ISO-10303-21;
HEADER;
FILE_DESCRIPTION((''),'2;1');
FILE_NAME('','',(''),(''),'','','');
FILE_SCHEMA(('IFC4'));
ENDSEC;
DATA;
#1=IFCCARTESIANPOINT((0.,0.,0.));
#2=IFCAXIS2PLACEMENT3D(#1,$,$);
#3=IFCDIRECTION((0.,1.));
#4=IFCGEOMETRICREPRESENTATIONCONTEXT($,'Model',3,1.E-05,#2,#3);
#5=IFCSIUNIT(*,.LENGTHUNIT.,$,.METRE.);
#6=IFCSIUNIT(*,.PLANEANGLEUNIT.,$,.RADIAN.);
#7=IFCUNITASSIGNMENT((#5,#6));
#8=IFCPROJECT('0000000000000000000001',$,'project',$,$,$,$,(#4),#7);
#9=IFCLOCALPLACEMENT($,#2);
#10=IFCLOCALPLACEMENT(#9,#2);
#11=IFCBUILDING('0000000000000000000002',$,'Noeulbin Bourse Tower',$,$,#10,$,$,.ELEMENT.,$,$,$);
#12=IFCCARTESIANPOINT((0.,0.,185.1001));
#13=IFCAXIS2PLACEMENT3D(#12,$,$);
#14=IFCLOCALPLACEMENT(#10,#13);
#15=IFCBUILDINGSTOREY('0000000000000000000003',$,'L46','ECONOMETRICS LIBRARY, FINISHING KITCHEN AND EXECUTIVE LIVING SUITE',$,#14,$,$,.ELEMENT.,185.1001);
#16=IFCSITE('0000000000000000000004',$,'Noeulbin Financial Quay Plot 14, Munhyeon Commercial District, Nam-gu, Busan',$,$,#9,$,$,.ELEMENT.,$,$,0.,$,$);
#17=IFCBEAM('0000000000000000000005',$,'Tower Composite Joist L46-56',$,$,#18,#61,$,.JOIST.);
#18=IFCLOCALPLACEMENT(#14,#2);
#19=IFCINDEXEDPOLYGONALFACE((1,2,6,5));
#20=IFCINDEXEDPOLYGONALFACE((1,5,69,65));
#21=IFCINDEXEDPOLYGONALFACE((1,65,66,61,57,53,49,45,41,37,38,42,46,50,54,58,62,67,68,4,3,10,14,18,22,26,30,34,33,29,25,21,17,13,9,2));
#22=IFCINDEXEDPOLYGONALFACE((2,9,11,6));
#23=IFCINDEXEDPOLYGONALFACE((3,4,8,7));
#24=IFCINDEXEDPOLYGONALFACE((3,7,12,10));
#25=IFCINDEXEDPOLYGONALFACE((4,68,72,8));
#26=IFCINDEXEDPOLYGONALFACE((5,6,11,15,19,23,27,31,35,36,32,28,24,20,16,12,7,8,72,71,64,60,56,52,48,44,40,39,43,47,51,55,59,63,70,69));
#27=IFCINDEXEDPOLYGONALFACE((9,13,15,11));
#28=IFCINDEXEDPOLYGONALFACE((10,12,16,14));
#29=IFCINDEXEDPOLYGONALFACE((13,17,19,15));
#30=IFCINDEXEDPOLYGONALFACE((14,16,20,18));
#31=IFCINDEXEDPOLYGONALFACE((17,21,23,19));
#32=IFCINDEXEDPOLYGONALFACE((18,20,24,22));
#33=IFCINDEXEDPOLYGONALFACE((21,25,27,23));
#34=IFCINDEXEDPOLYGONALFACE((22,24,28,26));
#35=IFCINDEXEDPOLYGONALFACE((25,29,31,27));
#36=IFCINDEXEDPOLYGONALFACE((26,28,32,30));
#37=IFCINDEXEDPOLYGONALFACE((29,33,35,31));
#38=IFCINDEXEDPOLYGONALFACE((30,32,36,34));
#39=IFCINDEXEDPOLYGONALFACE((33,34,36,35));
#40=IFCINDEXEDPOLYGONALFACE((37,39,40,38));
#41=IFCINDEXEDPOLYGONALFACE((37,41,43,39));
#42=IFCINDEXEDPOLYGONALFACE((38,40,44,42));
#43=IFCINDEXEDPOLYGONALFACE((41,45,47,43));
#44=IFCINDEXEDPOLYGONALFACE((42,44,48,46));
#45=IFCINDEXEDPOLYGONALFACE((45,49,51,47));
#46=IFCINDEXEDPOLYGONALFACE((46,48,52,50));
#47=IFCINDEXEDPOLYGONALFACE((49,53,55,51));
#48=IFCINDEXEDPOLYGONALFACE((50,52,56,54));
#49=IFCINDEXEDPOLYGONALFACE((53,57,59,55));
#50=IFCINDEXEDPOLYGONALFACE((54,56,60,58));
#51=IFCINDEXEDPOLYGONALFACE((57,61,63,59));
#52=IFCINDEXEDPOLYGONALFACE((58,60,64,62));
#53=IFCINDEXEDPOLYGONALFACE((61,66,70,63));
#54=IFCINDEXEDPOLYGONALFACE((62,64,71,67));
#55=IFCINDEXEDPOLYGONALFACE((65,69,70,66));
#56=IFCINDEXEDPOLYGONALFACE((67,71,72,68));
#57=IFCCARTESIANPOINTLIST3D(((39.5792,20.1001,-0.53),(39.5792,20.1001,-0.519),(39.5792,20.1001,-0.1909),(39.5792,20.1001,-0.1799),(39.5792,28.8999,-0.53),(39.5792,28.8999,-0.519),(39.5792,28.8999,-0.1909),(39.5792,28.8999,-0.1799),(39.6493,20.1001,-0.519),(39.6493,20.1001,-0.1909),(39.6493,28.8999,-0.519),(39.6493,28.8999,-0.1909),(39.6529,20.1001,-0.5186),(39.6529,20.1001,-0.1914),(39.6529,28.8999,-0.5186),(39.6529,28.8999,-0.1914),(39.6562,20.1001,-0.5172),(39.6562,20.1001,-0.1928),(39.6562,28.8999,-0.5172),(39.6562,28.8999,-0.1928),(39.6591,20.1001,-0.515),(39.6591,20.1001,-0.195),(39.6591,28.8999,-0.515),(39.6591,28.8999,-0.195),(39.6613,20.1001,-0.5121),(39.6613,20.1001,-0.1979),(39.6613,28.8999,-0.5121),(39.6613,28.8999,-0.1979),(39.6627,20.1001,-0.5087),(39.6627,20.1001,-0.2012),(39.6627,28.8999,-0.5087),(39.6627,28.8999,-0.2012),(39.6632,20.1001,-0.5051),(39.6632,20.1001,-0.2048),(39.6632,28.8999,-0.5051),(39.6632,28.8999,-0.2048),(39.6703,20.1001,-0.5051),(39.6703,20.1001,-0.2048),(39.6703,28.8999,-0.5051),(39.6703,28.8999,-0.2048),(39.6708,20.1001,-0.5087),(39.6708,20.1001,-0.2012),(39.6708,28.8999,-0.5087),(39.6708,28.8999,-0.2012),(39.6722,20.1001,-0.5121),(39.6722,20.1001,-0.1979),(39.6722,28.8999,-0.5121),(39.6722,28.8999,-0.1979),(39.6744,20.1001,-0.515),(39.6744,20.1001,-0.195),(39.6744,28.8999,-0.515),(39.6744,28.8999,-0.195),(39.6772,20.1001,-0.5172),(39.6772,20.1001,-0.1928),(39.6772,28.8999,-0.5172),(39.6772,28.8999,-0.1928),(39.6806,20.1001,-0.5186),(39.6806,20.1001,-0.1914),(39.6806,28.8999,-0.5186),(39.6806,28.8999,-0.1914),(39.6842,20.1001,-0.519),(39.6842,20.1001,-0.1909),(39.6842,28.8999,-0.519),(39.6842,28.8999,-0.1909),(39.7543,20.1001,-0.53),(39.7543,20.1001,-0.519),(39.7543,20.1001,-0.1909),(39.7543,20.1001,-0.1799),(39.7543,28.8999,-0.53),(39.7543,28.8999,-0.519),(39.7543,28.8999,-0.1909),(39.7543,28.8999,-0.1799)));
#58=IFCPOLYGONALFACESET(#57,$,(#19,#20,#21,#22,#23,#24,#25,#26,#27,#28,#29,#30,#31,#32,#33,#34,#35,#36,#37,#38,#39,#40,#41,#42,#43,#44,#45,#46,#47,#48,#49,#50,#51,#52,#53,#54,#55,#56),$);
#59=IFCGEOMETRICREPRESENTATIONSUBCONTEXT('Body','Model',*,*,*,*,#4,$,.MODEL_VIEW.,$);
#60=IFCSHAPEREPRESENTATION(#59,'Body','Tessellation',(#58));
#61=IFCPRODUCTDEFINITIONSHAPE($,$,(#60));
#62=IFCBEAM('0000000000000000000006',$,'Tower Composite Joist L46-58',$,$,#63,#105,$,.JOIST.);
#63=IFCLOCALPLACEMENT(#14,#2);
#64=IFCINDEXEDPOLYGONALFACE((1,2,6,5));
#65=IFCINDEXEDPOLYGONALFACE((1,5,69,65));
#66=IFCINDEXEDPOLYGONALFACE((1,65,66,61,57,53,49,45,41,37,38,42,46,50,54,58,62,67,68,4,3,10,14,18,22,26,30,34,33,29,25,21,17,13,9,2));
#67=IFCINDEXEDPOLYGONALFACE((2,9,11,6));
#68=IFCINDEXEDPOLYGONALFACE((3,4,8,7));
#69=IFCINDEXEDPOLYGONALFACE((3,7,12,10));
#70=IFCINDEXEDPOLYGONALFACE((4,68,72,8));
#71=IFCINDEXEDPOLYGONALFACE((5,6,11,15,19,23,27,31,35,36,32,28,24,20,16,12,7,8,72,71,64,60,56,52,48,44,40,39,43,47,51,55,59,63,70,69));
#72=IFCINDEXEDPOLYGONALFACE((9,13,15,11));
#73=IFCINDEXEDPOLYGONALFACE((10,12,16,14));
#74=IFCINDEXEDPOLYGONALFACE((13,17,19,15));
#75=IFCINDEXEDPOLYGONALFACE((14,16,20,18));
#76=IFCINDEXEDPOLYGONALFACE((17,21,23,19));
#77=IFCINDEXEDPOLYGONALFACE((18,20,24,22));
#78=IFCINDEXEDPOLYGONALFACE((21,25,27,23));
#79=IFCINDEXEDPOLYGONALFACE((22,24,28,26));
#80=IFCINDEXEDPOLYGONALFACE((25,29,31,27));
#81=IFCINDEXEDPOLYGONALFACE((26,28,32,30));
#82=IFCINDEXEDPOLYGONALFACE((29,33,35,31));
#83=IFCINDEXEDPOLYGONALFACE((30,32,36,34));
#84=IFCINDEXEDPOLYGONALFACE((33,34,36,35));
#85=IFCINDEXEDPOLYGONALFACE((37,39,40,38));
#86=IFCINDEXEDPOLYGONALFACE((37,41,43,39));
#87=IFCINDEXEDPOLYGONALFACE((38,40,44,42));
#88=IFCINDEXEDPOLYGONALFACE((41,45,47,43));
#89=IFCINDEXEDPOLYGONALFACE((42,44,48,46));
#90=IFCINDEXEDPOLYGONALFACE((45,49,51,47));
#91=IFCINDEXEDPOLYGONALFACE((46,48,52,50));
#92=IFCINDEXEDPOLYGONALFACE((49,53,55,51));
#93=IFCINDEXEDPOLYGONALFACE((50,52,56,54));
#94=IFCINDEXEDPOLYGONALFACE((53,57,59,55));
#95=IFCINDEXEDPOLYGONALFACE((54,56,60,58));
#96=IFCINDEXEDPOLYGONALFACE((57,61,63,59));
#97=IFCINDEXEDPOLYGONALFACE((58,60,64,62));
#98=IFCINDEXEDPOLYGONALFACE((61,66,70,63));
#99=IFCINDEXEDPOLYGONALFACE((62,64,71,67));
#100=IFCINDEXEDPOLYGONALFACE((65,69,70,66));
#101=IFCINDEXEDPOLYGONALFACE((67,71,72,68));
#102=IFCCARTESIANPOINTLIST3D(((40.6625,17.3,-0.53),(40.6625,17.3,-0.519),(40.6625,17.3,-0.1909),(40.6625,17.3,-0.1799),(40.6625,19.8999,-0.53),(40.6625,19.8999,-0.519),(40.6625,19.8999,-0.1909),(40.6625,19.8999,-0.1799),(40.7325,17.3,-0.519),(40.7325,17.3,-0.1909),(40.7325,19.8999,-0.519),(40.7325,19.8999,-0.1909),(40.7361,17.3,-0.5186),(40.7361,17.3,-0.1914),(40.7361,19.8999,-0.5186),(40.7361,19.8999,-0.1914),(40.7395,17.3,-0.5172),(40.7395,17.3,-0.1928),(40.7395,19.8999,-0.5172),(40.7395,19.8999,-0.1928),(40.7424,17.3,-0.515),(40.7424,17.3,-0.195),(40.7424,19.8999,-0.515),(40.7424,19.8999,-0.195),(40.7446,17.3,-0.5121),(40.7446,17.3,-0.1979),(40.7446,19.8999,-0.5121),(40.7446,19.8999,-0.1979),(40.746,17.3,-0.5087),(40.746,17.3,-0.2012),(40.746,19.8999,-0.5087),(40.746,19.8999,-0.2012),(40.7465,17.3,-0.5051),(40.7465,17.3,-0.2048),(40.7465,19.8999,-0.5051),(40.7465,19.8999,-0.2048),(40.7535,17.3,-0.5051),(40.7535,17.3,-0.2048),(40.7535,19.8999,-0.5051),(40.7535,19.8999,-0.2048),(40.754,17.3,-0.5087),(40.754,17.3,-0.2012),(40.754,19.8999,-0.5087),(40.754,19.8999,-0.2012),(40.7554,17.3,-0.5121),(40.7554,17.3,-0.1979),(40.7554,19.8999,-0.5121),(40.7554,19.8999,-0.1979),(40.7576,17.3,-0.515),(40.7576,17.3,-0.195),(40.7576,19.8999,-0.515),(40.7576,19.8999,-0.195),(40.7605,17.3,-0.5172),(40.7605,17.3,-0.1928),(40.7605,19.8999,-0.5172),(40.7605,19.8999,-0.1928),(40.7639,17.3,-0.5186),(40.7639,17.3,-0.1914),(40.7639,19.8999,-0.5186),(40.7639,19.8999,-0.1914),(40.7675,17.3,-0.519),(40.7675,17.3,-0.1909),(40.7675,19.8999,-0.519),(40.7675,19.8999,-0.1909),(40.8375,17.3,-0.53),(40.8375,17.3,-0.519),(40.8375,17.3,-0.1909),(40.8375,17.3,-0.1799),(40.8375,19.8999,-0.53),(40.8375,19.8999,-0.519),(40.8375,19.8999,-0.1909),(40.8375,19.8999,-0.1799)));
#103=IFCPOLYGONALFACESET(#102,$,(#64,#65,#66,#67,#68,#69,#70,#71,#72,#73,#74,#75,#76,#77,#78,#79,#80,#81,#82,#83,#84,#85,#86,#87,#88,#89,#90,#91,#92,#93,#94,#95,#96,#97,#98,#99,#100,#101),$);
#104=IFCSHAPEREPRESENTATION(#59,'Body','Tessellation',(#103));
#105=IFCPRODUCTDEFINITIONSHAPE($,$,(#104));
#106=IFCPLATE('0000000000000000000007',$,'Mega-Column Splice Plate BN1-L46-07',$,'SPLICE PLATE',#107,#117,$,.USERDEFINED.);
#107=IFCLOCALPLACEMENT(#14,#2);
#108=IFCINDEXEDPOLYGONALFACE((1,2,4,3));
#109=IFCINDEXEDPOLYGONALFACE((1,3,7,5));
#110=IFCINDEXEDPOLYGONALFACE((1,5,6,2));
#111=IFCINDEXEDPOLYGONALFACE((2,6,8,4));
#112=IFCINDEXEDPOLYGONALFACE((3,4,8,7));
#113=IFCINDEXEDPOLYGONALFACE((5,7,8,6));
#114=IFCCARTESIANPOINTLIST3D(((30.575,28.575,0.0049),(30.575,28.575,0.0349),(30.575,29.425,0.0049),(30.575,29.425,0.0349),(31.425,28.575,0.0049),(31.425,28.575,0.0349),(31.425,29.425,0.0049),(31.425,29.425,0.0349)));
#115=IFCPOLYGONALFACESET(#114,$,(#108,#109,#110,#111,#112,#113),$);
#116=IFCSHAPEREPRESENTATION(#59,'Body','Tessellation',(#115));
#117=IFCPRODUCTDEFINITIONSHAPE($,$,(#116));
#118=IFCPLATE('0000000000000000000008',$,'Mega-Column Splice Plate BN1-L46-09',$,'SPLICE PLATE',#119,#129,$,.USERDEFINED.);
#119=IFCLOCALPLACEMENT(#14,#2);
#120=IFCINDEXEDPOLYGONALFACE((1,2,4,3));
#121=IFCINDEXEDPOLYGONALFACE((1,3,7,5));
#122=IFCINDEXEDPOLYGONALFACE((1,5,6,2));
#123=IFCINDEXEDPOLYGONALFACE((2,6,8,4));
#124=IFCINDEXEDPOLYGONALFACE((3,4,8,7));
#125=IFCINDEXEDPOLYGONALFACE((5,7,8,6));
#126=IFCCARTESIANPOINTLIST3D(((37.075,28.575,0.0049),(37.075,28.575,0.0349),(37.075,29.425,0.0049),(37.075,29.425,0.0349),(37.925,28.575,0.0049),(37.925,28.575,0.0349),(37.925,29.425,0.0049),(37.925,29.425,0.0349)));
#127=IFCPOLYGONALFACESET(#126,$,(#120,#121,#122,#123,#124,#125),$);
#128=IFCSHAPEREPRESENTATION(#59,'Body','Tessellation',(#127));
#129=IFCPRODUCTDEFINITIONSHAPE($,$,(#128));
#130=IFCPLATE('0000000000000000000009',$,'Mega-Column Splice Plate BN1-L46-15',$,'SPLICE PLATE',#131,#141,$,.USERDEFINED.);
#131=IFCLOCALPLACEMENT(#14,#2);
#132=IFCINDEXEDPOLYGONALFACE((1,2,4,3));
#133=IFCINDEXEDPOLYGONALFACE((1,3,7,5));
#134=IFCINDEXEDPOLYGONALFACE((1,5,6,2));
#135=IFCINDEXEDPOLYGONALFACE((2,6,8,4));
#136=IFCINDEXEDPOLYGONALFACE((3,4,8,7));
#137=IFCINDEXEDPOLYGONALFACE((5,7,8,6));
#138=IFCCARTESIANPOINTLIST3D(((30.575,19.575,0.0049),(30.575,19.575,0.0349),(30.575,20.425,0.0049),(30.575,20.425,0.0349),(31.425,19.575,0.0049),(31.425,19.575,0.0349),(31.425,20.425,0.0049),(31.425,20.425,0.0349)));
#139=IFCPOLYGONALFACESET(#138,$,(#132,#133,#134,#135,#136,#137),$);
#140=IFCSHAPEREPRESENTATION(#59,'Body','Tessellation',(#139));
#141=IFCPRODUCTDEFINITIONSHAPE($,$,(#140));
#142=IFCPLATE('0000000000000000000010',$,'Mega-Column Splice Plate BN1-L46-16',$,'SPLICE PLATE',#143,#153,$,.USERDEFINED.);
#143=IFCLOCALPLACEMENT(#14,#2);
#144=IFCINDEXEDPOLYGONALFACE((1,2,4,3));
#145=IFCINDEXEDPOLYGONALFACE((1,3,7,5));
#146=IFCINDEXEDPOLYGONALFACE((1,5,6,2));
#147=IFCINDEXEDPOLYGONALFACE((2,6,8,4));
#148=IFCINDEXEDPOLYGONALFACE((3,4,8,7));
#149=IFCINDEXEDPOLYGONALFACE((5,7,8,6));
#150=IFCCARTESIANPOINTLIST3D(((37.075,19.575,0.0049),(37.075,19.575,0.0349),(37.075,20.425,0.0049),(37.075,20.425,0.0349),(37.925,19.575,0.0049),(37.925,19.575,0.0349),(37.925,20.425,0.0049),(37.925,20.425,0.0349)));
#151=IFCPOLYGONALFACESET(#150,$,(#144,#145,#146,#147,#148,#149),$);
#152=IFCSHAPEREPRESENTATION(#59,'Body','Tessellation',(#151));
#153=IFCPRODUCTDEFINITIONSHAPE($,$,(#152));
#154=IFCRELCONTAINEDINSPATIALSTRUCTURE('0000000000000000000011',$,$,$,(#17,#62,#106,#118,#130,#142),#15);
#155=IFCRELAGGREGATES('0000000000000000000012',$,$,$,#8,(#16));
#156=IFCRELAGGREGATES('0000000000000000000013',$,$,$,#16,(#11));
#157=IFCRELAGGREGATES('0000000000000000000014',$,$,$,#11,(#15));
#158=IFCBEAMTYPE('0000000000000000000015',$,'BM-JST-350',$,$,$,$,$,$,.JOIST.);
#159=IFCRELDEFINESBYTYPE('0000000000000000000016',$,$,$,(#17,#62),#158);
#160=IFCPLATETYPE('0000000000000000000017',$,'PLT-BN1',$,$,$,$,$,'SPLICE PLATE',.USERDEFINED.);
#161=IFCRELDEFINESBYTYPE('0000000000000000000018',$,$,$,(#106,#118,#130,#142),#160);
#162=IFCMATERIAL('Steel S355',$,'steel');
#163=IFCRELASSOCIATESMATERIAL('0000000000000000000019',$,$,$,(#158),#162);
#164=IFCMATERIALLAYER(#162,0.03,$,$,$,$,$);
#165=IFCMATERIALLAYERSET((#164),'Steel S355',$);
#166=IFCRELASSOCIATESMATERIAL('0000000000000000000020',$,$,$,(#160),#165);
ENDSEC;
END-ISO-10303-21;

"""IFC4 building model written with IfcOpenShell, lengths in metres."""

from ifc_helpers import new_model, si_unit, direction, frame, origin, origin_2d, place, context, subcontext, project, spatial, rectangle, i_section, extrude, material, layer, layer_set, material_profile, profile_set, type_object, element, save


model = new_model("IFC4")

# Units and contexts
model_context = context("Model", 3, precision=1e-05, world=origin(), true_north=direction((0.0, 1.0)))
body_context = subcontext(model_context, "Body", "Model", "MODEL_VIEW")
ifc_project = project(units=[si_unit("LENGTHUNIT", "METRE"), si_unit("PLANEANGLEUNIT", "RADIAN")], contexts=[model_context])

# Site, building, storey
site_placement = place(None, origin())
site = spatial("IfcSite", under=ifc_project, at=site_placement, Name="Noeulbin Financial Quay Plot 14, Munhyeon Commercial District, Nam-gu, Busan", CompositionType="ELEMENT", RefElevation=0.0)
building_placement = place(site_placement, origin())
building = spatial("IfcBuilding", under=site, at=building_placement, Name="Noeulbin Bourse Tower", CompositionType="ELEMENT")
storey_placement = place(building_placement, frame((0.0, 0.0, 185.1001)))
storey = spatial("IfcBuildingStorey", under=building, at=storey_placement, Name="L46", Description="ECONOMETRICS LIBRARY, FINISHING KITCHEN AND EXECUTIVE LIVING SUITE", CompositionType="ELEMENT", Elevation=185.1001)

# Beams
ifc_material_1 = material(Name="Steel S355", Category="steel")
ifc_material_profile_1 = material_profile(ifc_material_1, i_section(OverallWidth=0.175, OverallDepth=0.3501, WebThickness=0.0071, FlangeThickness=0.011, FilletRadius=0.0139, at=origin_2d()), Name="H-350x175x7x11", Category="LoadBearing")
ifc_profile_set_1 = profile_set([ifc_material_profile_1], Name="Steel S355")
beam_type_1 = type_object("IfcBeamType", Name="BM-JST-350", PredefinedType="JOIST", material=ifc_profile_set_1)
beam_1_placement = place(storey_placement, frame((39.6667, 20.1001, -0.355), z_axis=(0.0, 1.0, 0.0), x_axis=(-1.0, 0.0, 0.0)))
element("IfcBeam", 1, at=beam_1_placement, inside=storey, type_object=beam_type_1, Name="Tower Composite Joist L46-56", PredefinedType="JOIST", context=body_context, shape_type="SweptSolid", body=[
    extrude(i_section(OverallWidth=0.175, OverallDepth=0.3501, WebThickness=0.0071, FlangeThickness=0.011, FilletRadius=0.0139, at=origin_2d()), origin(), (0.0, 0.0, 1.0), 8.7998),
])
beam_2_placement = place(storey_placement, frame((40.75, 17.3, -0.355), z_axis=(0.0, 1.0, 0.0), x_axis=(-1.0, 0.0, 0.0)))
element("IfcBeam", 2, at=beam_2_placement, inside=storey, type_object=beam_type_1, Name="Tower Composite Joist L46-58", PredefinedType="JOIST", context=body_context, shape_type="SweptSolid", body=[
    extrude(i_section(OverallWidth=0.175, OverallDepth=0.3501, WebThickness=0.0071, FlangeThickness=0.011, FilletRadius=0.0139, at=origin_2d()), origin(), (0.0, 0.0, 1.0), 2.5999),
])

# Plates
ifc_layer = layer(ifc_material_1, 0.03)
ifc_layer_set = layer_set([ifc_layer], Name="Steel S355")
plate_type = type_object("IfcPlateType", Name="PLT-BN1", ElementType="SPLICE PLATE", PredefinedType="USERDEFINED", material=ifc_layer_set)
for number, where, z_axis, x_axis, name in (
    (3, (31.0, 29.0, 0.0049), (0.0, 0.0, 1.0), (1.0, 0.0, 0.0), "Mega-Column Splice Plate BN1-L46-07"),
    (4, (37.5, 29.0, 0.0049), (0.0, 0.0, 1.0), (1.0, 0.0, 0.0), "Mega-Column Splice Plate BN1-L46-09"),
    (5, (31.0, 20.0, 0.0049), (0.0, 0.0, 1.0), (1.0, 0.0, 0.0), "Mega-Column Splice Plate BN1-L46-15"),
    (6, (37.5, 20.0, 0.0049), (0.0, 0.0, 1.0), (1.0, 0.0, 0.0), "Mega-Column Splice Plate BN1-L46-16"),
):
    element("IfcPlate", number, at=place(storey_placement, frame(where, z_axis=z_axis, x_axis=x_axis)), inside=storey, type_object=plate_type, Name=name, ObjectType="SPLICE PLATE", PredefinedType="USERDEFINED", context=body_context, shape_type="SweptSolid", body=[
        extrude(rectangle(XDim=0.8501, YDim=0.8501, at=origin_2d()), origin(), (0.0, 0.0, 1.0), 0.03),
    ])

save(model, "model.ifc")
